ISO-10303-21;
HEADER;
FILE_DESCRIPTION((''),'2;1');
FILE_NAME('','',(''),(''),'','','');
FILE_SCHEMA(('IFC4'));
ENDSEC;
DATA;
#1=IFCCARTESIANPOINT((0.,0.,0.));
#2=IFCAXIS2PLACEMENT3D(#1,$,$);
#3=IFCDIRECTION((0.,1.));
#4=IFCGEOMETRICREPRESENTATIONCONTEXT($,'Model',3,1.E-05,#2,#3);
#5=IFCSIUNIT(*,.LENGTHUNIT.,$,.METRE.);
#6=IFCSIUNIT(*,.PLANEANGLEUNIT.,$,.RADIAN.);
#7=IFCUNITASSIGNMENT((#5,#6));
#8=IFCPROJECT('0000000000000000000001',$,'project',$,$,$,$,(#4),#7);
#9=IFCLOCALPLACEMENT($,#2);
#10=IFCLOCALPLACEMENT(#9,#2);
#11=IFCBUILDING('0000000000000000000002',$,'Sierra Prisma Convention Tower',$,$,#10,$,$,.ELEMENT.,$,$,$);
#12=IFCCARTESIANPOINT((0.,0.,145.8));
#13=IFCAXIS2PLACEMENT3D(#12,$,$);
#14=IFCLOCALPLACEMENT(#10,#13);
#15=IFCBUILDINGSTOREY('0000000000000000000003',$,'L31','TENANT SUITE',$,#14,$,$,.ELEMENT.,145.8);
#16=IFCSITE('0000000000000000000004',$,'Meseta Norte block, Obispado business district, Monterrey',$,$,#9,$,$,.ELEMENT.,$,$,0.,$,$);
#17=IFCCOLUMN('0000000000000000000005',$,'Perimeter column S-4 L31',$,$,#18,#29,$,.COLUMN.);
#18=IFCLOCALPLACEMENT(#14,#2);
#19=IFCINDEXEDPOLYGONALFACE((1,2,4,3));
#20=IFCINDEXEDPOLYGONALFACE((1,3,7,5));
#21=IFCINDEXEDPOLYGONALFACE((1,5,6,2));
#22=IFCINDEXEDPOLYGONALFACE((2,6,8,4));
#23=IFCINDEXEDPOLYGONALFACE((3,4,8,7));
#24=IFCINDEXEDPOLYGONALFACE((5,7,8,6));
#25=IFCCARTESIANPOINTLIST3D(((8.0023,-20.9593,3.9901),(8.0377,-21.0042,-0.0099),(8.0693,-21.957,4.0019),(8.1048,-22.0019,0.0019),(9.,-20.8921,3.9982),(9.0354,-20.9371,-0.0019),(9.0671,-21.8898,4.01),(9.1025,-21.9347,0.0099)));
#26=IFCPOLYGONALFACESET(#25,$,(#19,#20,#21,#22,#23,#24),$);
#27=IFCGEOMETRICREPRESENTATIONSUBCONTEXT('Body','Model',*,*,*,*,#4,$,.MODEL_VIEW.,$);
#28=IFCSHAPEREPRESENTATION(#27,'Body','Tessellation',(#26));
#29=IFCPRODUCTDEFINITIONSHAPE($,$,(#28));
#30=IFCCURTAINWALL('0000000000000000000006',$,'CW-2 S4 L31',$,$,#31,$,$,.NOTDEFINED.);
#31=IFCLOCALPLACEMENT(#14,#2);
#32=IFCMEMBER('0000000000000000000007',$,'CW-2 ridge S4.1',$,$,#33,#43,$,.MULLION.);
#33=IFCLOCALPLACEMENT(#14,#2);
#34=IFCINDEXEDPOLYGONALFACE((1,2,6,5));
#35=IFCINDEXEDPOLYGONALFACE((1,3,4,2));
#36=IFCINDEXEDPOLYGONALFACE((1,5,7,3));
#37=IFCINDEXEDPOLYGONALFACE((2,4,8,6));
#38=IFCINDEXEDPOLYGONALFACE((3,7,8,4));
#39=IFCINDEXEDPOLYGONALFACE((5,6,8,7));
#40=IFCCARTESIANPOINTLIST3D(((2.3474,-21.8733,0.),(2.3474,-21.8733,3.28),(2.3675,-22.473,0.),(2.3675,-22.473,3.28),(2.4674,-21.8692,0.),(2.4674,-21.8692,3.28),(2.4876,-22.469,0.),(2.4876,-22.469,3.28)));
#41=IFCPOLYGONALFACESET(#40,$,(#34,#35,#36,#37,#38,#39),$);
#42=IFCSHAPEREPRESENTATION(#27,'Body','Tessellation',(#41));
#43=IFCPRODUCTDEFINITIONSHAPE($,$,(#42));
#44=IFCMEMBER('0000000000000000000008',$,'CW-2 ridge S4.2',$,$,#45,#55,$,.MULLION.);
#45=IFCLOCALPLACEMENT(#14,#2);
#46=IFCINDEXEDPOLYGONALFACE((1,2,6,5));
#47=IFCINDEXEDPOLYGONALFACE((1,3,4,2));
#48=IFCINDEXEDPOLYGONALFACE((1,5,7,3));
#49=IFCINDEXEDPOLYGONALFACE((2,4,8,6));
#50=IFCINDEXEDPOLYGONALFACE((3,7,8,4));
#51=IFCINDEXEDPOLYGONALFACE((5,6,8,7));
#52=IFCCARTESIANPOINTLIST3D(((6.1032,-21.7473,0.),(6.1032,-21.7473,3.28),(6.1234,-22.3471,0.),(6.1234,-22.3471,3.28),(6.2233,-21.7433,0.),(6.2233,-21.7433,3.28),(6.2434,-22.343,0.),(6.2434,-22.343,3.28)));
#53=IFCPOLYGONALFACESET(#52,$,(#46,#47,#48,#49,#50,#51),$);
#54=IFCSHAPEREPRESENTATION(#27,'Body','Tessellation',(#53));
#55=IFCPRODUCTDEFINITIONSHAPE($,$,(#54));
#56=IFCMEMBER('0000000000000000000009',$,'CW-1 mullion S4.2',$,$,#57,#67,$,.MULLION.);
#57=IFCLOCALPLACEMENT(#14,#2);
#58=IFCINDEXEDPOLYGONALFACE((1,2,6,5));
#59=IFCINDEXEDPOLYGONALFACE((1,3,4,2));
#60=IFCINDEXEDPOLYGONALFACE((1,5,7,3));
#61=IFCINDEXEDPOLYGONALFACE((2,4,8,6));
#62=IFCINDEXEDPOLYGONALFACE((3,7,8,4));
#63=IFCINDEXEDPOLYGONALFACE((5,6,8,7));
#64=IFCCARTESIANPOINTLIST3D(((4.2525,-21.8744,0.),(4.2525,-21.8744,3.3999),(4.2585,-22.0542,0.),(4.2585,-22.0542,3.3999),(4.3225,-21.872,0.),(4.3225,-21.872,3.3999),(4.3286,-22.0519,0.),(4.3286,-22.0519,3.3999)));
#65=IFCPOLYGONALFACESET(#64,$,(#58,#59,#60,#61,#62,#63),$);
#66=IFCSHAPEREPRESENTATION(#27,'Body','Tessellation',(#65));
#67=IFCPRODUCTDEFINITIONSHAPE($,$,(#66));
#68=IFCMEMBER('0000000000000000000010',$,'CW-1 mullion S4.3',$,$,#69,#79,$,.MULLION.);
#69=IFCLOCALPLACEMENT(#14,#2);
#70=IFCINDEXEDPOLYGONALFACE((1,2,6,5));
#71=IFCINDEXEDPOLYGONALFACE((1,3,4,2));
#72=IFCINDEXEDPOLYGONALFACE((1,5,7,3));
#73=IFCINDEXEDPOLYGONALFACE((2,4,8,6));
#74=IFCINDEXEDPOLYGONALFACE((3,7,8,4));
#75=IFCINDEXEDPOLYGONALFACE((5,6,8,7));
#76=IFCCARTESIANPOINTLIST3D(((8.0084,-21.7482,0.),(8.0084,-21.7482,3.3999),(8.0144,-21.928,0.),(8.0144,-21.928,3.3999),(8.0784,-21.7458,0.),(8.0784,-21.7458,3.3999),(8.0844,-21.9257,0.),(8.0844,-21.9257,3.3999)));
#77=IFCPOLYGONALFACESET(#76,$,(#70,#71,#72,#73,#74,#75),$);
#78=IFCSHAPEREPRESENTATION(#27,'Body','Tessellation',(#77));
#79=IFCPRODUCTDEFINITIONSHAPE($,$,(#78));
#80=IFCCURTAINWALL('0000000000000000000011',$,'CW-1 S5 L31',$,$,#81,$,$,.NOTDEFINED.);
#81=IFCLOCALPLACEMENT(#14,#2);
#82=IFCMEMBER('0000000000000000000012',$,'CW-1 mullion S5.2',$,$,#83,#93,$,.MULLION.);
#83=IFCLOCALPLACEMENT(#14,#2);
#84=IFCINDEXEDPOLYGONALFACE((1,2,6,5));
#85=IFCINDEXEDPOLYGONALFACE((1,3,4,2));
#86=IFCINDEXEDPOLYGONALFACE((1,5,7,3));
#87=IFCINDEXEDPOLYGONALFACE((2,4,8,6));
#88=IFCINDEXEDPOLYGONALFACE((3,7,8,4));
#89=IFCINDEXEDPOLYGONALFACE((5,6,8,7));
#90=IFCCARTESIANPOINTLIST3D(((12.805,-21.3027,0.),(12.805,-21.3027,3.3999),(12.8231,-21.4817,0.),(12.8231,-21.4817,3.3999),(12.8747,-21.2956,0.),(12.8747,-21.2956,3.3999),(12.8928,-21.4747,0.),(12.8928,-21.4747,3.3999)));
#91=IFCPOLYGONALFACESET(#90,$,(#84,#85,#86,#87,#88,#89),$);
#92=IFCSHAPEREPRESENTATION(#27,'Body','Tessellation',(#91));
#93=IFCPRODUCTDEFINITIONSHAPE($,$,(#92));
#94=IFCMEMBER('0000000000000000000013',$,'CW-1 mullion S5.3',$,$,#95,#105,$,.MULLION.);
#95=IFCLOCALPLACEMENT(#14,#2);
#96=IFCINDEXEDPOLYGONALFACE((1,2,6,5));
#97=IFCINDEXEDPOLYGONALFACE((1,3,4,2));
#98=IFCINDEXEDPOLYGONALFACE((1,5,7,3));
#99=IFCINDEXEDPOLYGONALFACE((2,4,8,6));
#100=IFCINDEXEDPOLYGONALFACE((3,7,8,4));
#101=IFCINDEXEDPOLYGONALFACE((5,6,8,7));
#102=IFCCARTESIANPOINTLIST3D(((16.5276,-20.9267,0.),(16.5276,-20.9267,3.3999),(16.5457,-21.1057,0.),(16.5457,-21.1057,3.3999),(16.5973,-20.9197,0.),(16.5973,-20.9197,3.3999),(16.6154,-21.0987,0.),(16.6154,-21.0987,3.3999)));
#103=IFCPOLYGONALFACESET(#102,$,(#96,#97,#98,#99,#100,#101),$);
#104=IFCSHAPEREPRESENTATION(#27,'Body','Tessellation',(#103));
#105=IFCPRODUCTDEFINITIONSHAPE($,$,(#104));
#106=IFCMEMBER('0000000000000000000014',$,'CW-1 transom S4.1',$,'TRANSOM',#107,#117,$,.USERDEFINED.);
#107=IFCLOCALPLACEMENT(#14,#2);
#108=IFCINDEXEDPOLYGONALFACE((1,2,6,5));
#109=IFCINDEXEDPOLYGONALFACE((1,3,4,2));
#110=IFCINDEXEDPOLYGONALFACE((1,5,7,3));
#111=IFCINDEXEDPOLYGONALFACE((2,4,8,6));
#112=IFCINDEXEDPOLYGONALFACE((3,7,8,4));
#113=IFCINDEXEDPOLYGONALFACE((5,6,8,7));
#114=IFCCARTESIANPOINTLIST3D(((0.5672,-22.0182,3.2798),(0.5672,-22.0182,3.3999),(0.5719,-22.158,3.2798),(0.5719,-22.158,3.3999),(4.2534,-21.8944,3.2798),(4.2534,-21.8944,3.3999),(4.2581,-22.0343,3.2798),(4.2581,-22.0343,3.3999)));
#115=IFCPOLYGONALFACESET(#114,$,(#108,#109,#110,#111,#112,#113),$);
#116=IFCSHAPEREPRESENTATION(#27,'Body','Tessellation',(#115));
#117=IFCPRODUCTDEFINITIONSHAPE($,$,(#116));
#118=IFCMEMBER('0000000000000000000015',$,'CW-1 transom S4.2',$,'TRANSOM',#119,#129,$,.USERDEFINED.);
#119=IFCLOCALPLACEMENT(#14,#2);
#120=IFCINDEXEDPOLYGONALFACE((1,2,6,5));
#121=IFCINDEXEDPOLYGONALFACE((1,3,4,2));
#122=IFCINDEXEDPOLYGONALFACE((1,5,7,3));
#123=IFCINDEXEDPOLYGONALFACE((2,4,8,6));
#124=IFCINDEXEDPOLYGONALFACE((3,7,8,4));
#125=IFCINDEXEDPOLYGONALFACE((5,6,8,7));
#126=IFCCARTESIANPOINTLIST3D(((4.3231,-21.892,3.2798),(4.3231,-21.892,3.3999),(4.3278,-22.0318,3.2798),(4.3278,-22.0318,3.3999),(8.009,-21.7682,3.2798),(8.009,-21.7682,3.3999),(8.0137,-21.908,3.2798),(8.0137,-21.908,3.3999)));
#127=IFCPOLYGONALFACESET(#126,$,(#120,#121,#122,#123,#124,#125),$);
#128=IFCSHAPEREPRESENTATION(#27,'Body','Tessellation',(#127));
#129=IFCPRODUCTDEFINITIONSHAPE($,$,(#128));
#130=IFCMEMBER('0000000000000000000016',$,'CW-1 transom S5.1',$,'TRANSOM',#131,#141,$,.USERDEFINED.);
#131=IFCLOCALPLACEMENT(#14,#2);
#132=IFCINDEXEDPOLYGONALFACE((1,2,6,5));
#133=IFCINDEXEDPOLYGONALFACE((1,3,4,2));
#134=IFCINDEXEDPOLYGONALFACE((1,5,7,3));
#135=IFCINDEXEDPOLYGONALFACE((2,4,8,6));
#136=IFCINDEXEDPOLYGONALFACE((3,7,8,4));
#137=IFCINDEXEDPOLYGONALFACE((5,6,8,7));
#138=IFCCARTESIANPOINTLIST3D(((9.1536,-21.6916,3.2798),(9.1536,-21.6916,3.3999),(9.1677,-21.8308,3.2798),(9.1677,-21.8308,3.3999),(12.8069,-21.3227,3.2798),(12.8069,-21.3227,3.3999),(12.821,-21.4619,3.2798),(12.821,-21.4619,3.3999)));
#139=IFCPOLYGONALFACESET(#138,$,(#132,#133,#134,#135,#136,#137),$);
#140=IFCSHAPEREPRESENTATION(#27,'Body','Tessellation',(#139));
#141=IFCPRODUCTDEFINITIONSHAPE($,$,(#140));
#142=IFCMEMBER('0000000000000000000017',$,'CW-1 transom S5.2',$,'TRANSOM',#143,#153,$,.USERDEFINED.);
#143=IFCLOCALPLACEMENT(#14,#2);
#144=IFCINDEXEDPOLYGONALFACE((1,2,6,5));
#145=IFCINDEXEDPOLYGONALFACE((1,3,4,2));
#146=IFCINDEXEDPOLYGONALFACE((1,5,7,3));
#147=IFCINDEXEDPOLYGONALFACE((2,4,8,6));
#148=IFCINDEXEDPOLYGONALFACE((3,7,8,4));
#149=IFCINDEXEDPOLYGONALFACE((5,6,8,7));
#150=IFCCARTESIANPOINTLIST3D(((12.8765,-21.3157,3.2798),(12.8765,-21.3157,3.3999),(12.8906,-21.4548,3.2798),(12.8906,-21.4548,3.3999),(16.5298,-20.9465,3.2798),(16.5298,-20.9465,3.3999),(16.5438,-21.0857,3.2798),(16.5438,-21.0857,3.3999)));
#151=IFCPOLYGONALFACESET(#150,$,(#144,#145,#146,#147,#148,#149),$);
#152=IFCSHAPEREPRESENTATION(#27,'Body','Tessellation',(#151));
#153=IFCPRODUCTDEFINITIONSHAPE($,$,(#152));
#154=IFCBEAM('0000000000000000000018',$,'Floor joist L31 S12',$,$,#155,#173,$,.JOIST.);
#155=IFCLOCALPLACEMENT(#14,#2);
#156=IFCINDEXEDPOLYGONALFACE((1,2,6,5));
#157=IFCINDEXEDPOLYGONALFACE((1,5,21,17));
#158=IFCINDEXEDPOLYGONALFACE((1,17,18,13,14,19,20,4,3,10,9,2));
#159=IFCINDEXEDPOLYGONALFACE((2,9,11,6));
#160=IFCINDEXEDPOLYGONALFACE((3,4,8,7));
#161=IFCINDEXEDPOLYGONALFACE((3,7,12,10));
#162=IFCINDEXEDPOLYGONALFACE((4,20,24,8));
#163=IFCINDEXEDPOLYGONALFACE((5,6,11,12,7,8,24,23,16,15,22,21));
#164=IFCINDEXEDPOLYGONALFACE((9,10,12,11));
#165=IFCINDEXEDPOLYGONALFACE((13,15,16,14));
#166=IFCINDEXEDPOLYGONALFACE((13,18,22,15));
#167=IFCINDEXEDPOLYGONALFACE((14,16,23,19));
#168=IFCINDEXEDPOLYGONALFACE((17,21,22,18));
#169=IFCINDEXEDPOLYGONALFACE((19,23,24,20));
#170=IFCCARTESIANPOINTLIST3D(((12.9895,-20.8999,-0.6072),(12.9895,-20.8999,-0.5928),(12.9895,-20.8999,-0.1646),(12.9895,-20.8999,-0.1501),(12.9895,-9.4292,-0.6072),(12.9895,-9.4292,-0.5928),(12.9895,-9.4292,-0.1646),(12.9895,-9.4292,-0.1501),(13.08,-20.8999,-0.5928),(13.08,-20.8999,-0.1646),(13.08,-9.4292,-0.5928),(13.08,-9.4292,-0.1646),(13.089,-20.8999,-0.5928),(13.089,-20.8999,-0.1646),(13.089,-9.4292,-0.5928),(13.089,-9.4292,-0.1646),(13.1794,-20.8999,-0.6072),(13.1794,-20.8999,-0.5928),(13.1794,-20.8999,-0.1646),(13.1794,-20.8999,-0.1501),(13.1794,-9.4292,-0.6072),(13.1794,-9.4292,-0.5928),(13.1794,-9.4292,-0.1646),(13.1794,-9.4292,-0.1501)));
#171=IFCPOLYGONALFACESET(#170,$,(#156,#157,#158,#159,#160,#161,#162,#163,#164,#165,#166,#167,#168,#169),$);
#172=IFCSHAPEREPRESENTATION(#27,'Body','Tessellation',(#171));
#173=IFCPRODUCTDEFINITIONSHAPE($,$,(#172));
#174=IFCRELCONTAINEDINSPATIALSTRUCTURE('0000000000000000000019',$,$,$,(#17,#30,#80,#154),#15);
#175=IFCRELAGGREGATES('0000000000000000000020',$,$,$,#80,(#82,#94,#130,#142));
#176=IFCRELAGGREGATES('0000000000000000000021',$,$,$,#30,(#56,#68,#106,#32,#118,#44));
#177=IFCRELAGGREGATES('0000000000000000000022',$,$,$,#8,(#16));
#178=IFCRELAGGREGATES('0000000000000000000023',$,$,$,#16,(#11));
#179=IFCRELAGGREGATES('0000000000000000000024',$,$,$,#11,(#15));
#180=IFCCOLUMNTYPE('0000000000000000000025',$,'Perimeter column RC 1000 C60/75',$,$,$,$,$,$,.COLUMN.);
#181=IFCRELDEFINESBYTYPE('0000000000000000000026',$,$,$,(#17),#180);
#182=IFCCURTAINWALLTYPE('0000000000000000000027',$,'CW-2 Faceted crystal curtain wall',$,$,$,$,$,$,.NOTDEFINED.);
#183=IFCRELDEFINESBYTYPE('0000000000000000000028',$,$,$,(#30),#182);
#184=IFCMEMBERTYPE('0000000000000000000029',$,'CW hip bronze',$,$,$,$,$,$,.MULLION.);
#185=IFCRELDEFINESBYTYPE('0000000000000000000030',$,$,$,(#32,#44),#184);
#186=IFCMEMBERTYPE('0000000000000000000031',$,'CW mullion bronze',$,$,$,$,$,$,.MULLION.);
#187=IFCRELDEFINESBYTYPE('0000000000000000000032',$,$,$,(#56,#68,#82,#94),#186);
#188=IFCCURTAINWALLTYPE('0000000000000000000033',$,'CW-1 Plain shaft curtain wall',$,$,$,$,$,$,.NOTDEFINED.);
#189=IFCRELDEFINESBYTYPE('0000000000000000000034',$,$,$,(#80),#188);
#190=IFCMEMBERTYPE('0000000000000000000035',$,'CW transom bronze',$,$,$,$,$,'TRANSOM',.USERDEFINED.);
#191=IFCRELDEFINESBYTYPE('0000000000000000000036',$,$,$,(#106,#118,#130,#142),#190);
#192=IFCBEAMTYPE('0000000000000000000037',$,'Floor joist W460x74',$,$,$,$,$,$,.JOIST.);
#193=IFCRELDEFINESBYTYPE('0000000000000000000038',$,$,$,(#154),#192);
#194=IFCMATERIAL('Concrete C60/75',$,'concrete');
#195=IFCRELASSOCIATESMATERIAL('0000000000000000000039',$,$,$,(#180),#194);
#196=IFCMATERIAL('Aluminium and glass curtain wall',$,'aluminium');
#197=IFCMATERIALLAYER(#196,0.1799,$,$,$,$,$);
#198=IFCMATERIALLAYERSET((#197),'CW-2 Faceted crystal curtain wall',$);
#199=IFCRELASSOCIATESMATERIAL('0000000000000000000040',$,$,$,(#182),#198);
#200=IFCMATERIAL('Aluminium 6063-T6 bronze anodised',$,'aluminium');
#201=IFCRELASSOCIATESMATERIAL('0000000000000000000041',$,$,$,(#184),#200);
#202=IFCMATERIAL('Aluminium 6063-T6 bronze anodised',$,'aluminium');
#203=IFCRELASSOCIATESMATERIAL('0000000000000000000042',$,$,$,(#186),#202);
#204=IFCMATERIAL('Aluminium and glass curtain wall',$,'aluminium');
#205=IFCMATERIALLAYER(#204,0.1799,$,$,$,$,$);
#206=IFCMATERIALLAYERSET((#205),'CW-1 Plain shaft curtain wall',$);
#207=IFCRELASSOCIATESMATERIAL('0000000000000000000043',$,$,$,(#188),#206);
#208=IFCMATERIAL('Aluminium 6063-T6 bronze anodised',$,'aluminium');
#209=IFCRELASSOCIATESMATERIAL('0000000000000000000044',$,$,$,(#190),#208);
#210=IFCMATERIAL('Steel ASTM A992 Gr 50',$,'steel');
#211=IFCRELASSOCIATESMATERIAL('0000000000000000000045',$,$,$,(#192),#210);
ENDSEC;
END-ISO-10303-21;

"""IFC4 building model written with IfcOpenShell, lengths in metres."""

from ifc_helpers import new_model, si_unit, direction, frame, origin, origin_2d, place, context, subcontext, project, spatial, rectangle, i_section, extrude, material, layer, layer_set, material_profile, profile_set, type_object, element, aggregate, save


model = new_model("IFC4")

# Units and contexts
model_context = context("Model", 3, precision=1e-05, world=origin(), true_north=direction((0.0, 1.0)))
body_context = subcontext(model_context, "Body", "Model", "MODEL_VIEW")
ifc_project = project(units=[si_unit("LENGTHUNIT", "METRE"), si_unit("PLANEANGLEUNIT", "RADIAN")], contexts=[model_context])

# Site, building, storey
site_placement = place(None, origin())
site = spatial("IfcSite", under=ifc_project, at=site_placement, Name="Meseta Norte block, Obispado business district, Monterrey", CompositionType="ELEMENT", RefElevation=0.0)
building_placement = place(site_placement, origin())
building = spatial("IfcBuilding", under=site, at=building_placement, Name="Sierra Prisma Convention Tower", CompositionType="ELEMENT")
storey_placement = place(building_placement, frame((0.0, 0.0, 145.8)))
storey = spatial("IfcBuildingStorey", under=building, at=storey_placement, Name="L31", Description="TENANT SUITE", CompositionType="ELEMENT", Elevation=145.8)

# Column
ifc_material_1 = material(Name="Concrete C60/75", Category="concrete")
ifc_material_profile_1 = material_profile(ifc_material_1, rectangle(XDim=1.0, YDim=1.0, at=origin_2d()), Name="Perimeter column RC 1000 C60/75")
ifc_profile_set_1 = profile_set([ifc_material_profile_1], Name="Concrete C60/75")
column_type = type_object("IfcColumnType", Name="Perimeter column RC 1000 C60/75", PredefinedType="COLUMN", material=ifc_profile_set_1)
column_placement = place(storey_placement, frame((8.5701, -21.4695, 0.0), z_axis=(-0.008849, 0.011229, 0.999898), x_axis=(0.997709, 0.06717, 0.008075)))
element("IfcColumn", 1, at=column_placement, inside=storey, type_object=column_type, Name="Perimeter column S-4 L31", PredefinedType="COLUMN", context=body_context, shape_type="SweptSolid", body=[
    extrude(rectangle(XDim=1.0, YDim=1.0, at=origin_2d()), origin(), (0.0, 0.0, 1.0), 4.0005),
])

# Curtain walls, members
ifc_material_2 = material(Name="Aluminium and glass curtain wall", Category="aluminium")
ifc_layer_1 = layer(ifc_material_2, 0.1799)
ifc_layer_set_1 = layer_set([ifc_layer_1], Name="CW-2 Faceted crystal curtain wall")
curtain_wall_type_1 = type_object("IfcCurtainWallType", Name="CW-2 Faceted crystal curtain wall", PredefinedType="NOTDEFINED", material=ifc_layer_set_1)
curtain_wall_1_placement = place(storey_placement, origin())
curtain_wall_1 = element("IfcCurtainWall", 2, at=curtain_wall_1_placement, inside=storey, type_object=curtain_wall_type_1, Name="CW-2 S4 L31", PredefinedType="NOTDEFINED")
ifc_material_3 = material(Name="Aluminium 6063-T6 bronze anodised", Category="aluminium")
ifc_material_profile_2 = material_profile(ifc_material_3, rectangle(XDim=0.1201, YDim=0.6001, at=origin_2d()), Name="ALU RIDGE BLADE 120x600")
ifc_profile_set_2 = profile_set([ifc_material_profile_2], Name="Aluminium 6063-T6 bronze anodised")
member_type_1 = type_object("IfcMemberType", Name="CW hip bronze", PredefinedType="MULLION", material=ifc_profile_set_2)
member_1_placement = place(storey_placement, frame((2.4175, -22.1711, 0.0), z_axis=(0.0, 0.0, 1.0), x_axis=(0.999437, 0.033556, 0.0)))
member_1 = element("IfcMember", 3, at=member_1_placement, type_object=member_type_1, Name="CW-2 ridge S4.1", PredefinedType="MULLION", context=body_context, shape_type="SweptSolid", body=[
    extrude(rectangle(XDim=0.1201, YDim=0.6001, at=origin_2d()), origin(), (0.0, 0.0, 1.0), 3.28),
])
member_2_placement = place(storey_placement, frame((6.1733, -22.0452, 0.0), z_axis=(0.0, 0.0, 1.0), x_axis=(0.999437, 0.033556, 0.0)))
member_2 = element("IfcMember", 4, at=member_2_placement, type_object=member_type_1, Name="CW-2 ridge S4.2", PredefinedType="MULLION", context=body_context, shape_type="SweptSolid", body=[
    extrude(rectangle(XDim=0.1201, YDim=0.6001, at=origin_2d()), origin(), (0.0, 0.0, 1.0), 3.28),
])
ifc_material_4 = material(Name="Aluminium 6063-T6 bronze anodised", Category="aluminium")
ifc_material_profile_3 = material_profile(ifc_material_4, rectangle(XDim=0.1799, YDim=0.0701, at=origin_2d()), Name="ALU MULLION 70x180")
ifc_profile_set_3 = profile_set([ifc_material_profile_3], Name="Aluminium 6063-T6 bronze anodised")
member_type_2 = type_object("IfcMemberType", Name="CW mullion bronze", PredefinedType="MULLION", material=ifc_profile_set_3)
member_3_placement = place(storey_placement, frame((4.2905, -21.9631, 0.0), z_axis=(0.0, 0.0, 1.0), x_axis=(-0.033556, 0.999437, 0.0)))
member_3 = element("IfcMember", 5, at=member_3_placement, type_object=member_type_2, Name="CW-1 mullion S4.2", PredefinedType="MULLION", context=body_context, shape_type="SweptSolid", body=[
    extrude(rectangle(XDim=0.1799, YDim=0.0701, at=origin_2d()), origin(), (0.0, 0.0, 1.0), 3.3999),
])
member_4_placement = place(storey_placement, frame((8.0464, -21.8369, 0.0), z_axis=(0.0, 0.0, 1.0), x_axis=(-0.033556, 0.999437, 0.0)))
member_4 = element("IfcMember", 6, at=member_4_placement, type_object=member_type_2, Name="CW-1 mullion S4.3", PredefinedType="MULLION", context=body_context, shape_type="SweptSolid", body=[
    extrude(rectangle(XDim=0.1799, YDim=0.0701, at=origin_2d()), origin(), (0.0, 0.0, 1.0), 3.3999),
])
ifc_material_5 = material(Name="Aluminium and glass curtain wall", Category="aluminium")
ifc_layer_2 = layer(ifc_material_5, 0.1799)
ifc_layer_set_2 = layer_set([ifc_layer_2], Name="CW-1 Plain shaft curtain wall")
curtain_wall_type_2 = type_object("IfcCurtainWallType", Name="CW-1 Plain shaft curtain wall", PredefinedType="NOTDEFINED", material=ifc_layer_set_2)
curtain_wall_2_placement = place(storey_placement, origin())
curtain_wall_2 = element("IfcCurtainWall", 7, at=curtain_wall_2_placement, inside=storey, type_object=curtain_wall_type_2, Name="CW-1 S5 L31", PredefinedType="NOTDEFINED")
member_5_placement = place(storey_placement, frame((12.8489, -21.3887, 0.0), z_axis=(0.0, 0.0, 1.0), x_axis=(-0.100518, 0.994935, 0.0)))
member_5 = element("IfcMember", 8, at=member_5_placement, type_object=member_type_2, Name="CW-1 mullion S5.2", PredefinedType="MULLION", context=body_context, shape_type="SweptSolid", body=[
    extrude(rectangle(XDim=0.1799, YDim=0.0701, at=origin_2d()), origin(), (0.0, 0.0, 1.0), 3.3999),
])
member_6_placement = place(storey_placement, frame((16.5715, -21.0127, 0.0), z_axis=(0.0, 0.0, 1.0), x_axis=(-0.100518, 0.994935, 0.0)))
member_6 = element("IfcMember", 9, at=member_6_placement, type_object=member_type_2, Name="CW-1 mullion S5.3", PredefinedType="MULLION", context=body_context, shape_type="SweptSolid", body=[
    extrude(rectangle(XDim=0.1799, YDim=0.0701, at=origin_2d()), origin(), (0.0, 0.0, 1.0), 3.3999),
])

# Members
ifc_material_6 = material(Name="Aluminium 6063-T6 bronze anodised", Category="aluminium")
ifc_material_profile_4 = material_profile(ifc_material_6, rectangle(XDim=0.1399, YDim=0.1201, at=origin_2d()), Name="ALU TRANSOM 120x140")
ifc_profile_set_4 = profile_set([ifc_material_profile_4], Name="Aluminium 6063-T6 bronze anodised")
member_type_3 = type_object("IfcMemberType", Name="CW transom bronze", ElementType="TRANSOM", PredefinedType="USERDEFINED", material=ifc_profile_set_4)
member_7_placement = place(storey_placement, frame((0.5696, -22.0881, 3.3398), z_axis=(0.999437, 0.033562, 0.0), x_axis=(-0.033562, 0.999437, 0.0)))
member_7 = element("IfcMember", 10, at=member_7_placement, type_object=member_type_3, Name="CW-1 transom S4.1", ObjectType="TRANSOM", PredefinedType="USERDEFINED", context=body_context, shape_type="SweptSolid", body=[
    extrude(rectangle(XDim=0.1399, YDim=0.1201, at=origin_2d()), origin(), (0.0, 0.0, 1.0), 3.6882),
])
member_8_placement = place(storey_placement, frame((4.3254, -21.9619, 3.3398), z_axis=(0.999437, 0.033564, 0.0), x_axis=(-0.033564, 0.999437, 0.0)))
member_8 = element("IfcMember", 11, at=member_8_placement, type_object=member_type_3, Name="CW-1 transom S4.2", ObjectType="TRANSOM", PredefinedType="USERDEFINED", context=body_context, shape_type="SweptSolid", body=[
    extrude(rectangle(XDim=0.1399, YDim=0.1201, at=origin_2d()), origin(), (0.0, 0.0, 1.0), 3.688),
])
member_9_placement = place(storey_placement, frame((9.1606, -21.7612, 3.3398), z_axis=(0.994941, 0.100465, 0.0), x_axis=(-0.100465, 0.994941, 0.0)))
member_9 = element("IfcMember", 12, at=member_9_placement, type_object=member_type_3, Name="CW-1 transom S5.1", ObjectType="TRANSOM", PredefinedType="USERDEFINED", context=body_context, shape_type="SweptSolid", body=[
    extrude(rectangle(XDim=0.1399, YDim=0.1201, at=origin_2d()), origin(), (0.0, 0.0, 1.0), 3.6719),
])
member_10_placement = place(storey_placement, frame((12.8835, -21.3853, 3.3398), z_axis=(0.994934, 0.100531, 0.0), x_axis=(-0.100531, 0.994934, 0.0)))
member_10 = element("IfcMember", 13, at=member_10_placement, type_object=member_type_3, Name="CW-1 transom S5.2", ObjectType="TRANSOM", PredefinedType="USERDEFINED", context=body_context, shape_type="SweptSolid", body=[
    extrude(rectangle(XDim=0.1399, YDim=0.1201, at=origin_2d()), origin(), (0.0, 0.0, 1.0), 3.6719),
])

# Beam
ifc_material_7 = material(Name="Steel ASTM A992 Gr 50", Category="steel")
ifc_material_profile_5 = material_profile(ifc_material_7, i_section(OverallWidth=0.1899, OverallDepth=0.457, WebThickness=0.009, FlangeThickness=0.0144, at=origin_2d()), Name="W460x74")
ifc_profile_set_5 = profile_set([ifc_material_profile_5], Name="Steel ASTM A992 Gr 50")
beam_type_1 = type_object("IfcBeamType", Name="Floor joist W460x74", PredefinedType="JOIST", material=ifc_profile_set_5)
beam_1_placement = place(storey_placement, frame((13.0845, -20.8999, -0.3787), z_axis=(0.0, 1.0, 0.0), x_axis=(-1.0, 0.0, 0.0)))
element("IfcBeam", 14, at=beam_1_placement, inside=storey, type_object=beam_type_1, Name="Floor joist L31 S12", PredefinedType="JOIST", context=body_context, shape_type="SweptSolid", body=[
    extrude(i_section(OverallWidth=0.1899, OverallDepth=0.457, WebThickness=0.009, FlangeThickness=0.0144, at=origin_2d()), origin(), (0.0, 0.0, 1.0), 11.4707),
])

aggregate(curtain_wall_2, [member_5, member_6, member_9, member_10])
aggregate(curtain_wall_1, [member_3, member_4, member_7, member_1, member_8, member_2])

save(model, "model.ifc")
